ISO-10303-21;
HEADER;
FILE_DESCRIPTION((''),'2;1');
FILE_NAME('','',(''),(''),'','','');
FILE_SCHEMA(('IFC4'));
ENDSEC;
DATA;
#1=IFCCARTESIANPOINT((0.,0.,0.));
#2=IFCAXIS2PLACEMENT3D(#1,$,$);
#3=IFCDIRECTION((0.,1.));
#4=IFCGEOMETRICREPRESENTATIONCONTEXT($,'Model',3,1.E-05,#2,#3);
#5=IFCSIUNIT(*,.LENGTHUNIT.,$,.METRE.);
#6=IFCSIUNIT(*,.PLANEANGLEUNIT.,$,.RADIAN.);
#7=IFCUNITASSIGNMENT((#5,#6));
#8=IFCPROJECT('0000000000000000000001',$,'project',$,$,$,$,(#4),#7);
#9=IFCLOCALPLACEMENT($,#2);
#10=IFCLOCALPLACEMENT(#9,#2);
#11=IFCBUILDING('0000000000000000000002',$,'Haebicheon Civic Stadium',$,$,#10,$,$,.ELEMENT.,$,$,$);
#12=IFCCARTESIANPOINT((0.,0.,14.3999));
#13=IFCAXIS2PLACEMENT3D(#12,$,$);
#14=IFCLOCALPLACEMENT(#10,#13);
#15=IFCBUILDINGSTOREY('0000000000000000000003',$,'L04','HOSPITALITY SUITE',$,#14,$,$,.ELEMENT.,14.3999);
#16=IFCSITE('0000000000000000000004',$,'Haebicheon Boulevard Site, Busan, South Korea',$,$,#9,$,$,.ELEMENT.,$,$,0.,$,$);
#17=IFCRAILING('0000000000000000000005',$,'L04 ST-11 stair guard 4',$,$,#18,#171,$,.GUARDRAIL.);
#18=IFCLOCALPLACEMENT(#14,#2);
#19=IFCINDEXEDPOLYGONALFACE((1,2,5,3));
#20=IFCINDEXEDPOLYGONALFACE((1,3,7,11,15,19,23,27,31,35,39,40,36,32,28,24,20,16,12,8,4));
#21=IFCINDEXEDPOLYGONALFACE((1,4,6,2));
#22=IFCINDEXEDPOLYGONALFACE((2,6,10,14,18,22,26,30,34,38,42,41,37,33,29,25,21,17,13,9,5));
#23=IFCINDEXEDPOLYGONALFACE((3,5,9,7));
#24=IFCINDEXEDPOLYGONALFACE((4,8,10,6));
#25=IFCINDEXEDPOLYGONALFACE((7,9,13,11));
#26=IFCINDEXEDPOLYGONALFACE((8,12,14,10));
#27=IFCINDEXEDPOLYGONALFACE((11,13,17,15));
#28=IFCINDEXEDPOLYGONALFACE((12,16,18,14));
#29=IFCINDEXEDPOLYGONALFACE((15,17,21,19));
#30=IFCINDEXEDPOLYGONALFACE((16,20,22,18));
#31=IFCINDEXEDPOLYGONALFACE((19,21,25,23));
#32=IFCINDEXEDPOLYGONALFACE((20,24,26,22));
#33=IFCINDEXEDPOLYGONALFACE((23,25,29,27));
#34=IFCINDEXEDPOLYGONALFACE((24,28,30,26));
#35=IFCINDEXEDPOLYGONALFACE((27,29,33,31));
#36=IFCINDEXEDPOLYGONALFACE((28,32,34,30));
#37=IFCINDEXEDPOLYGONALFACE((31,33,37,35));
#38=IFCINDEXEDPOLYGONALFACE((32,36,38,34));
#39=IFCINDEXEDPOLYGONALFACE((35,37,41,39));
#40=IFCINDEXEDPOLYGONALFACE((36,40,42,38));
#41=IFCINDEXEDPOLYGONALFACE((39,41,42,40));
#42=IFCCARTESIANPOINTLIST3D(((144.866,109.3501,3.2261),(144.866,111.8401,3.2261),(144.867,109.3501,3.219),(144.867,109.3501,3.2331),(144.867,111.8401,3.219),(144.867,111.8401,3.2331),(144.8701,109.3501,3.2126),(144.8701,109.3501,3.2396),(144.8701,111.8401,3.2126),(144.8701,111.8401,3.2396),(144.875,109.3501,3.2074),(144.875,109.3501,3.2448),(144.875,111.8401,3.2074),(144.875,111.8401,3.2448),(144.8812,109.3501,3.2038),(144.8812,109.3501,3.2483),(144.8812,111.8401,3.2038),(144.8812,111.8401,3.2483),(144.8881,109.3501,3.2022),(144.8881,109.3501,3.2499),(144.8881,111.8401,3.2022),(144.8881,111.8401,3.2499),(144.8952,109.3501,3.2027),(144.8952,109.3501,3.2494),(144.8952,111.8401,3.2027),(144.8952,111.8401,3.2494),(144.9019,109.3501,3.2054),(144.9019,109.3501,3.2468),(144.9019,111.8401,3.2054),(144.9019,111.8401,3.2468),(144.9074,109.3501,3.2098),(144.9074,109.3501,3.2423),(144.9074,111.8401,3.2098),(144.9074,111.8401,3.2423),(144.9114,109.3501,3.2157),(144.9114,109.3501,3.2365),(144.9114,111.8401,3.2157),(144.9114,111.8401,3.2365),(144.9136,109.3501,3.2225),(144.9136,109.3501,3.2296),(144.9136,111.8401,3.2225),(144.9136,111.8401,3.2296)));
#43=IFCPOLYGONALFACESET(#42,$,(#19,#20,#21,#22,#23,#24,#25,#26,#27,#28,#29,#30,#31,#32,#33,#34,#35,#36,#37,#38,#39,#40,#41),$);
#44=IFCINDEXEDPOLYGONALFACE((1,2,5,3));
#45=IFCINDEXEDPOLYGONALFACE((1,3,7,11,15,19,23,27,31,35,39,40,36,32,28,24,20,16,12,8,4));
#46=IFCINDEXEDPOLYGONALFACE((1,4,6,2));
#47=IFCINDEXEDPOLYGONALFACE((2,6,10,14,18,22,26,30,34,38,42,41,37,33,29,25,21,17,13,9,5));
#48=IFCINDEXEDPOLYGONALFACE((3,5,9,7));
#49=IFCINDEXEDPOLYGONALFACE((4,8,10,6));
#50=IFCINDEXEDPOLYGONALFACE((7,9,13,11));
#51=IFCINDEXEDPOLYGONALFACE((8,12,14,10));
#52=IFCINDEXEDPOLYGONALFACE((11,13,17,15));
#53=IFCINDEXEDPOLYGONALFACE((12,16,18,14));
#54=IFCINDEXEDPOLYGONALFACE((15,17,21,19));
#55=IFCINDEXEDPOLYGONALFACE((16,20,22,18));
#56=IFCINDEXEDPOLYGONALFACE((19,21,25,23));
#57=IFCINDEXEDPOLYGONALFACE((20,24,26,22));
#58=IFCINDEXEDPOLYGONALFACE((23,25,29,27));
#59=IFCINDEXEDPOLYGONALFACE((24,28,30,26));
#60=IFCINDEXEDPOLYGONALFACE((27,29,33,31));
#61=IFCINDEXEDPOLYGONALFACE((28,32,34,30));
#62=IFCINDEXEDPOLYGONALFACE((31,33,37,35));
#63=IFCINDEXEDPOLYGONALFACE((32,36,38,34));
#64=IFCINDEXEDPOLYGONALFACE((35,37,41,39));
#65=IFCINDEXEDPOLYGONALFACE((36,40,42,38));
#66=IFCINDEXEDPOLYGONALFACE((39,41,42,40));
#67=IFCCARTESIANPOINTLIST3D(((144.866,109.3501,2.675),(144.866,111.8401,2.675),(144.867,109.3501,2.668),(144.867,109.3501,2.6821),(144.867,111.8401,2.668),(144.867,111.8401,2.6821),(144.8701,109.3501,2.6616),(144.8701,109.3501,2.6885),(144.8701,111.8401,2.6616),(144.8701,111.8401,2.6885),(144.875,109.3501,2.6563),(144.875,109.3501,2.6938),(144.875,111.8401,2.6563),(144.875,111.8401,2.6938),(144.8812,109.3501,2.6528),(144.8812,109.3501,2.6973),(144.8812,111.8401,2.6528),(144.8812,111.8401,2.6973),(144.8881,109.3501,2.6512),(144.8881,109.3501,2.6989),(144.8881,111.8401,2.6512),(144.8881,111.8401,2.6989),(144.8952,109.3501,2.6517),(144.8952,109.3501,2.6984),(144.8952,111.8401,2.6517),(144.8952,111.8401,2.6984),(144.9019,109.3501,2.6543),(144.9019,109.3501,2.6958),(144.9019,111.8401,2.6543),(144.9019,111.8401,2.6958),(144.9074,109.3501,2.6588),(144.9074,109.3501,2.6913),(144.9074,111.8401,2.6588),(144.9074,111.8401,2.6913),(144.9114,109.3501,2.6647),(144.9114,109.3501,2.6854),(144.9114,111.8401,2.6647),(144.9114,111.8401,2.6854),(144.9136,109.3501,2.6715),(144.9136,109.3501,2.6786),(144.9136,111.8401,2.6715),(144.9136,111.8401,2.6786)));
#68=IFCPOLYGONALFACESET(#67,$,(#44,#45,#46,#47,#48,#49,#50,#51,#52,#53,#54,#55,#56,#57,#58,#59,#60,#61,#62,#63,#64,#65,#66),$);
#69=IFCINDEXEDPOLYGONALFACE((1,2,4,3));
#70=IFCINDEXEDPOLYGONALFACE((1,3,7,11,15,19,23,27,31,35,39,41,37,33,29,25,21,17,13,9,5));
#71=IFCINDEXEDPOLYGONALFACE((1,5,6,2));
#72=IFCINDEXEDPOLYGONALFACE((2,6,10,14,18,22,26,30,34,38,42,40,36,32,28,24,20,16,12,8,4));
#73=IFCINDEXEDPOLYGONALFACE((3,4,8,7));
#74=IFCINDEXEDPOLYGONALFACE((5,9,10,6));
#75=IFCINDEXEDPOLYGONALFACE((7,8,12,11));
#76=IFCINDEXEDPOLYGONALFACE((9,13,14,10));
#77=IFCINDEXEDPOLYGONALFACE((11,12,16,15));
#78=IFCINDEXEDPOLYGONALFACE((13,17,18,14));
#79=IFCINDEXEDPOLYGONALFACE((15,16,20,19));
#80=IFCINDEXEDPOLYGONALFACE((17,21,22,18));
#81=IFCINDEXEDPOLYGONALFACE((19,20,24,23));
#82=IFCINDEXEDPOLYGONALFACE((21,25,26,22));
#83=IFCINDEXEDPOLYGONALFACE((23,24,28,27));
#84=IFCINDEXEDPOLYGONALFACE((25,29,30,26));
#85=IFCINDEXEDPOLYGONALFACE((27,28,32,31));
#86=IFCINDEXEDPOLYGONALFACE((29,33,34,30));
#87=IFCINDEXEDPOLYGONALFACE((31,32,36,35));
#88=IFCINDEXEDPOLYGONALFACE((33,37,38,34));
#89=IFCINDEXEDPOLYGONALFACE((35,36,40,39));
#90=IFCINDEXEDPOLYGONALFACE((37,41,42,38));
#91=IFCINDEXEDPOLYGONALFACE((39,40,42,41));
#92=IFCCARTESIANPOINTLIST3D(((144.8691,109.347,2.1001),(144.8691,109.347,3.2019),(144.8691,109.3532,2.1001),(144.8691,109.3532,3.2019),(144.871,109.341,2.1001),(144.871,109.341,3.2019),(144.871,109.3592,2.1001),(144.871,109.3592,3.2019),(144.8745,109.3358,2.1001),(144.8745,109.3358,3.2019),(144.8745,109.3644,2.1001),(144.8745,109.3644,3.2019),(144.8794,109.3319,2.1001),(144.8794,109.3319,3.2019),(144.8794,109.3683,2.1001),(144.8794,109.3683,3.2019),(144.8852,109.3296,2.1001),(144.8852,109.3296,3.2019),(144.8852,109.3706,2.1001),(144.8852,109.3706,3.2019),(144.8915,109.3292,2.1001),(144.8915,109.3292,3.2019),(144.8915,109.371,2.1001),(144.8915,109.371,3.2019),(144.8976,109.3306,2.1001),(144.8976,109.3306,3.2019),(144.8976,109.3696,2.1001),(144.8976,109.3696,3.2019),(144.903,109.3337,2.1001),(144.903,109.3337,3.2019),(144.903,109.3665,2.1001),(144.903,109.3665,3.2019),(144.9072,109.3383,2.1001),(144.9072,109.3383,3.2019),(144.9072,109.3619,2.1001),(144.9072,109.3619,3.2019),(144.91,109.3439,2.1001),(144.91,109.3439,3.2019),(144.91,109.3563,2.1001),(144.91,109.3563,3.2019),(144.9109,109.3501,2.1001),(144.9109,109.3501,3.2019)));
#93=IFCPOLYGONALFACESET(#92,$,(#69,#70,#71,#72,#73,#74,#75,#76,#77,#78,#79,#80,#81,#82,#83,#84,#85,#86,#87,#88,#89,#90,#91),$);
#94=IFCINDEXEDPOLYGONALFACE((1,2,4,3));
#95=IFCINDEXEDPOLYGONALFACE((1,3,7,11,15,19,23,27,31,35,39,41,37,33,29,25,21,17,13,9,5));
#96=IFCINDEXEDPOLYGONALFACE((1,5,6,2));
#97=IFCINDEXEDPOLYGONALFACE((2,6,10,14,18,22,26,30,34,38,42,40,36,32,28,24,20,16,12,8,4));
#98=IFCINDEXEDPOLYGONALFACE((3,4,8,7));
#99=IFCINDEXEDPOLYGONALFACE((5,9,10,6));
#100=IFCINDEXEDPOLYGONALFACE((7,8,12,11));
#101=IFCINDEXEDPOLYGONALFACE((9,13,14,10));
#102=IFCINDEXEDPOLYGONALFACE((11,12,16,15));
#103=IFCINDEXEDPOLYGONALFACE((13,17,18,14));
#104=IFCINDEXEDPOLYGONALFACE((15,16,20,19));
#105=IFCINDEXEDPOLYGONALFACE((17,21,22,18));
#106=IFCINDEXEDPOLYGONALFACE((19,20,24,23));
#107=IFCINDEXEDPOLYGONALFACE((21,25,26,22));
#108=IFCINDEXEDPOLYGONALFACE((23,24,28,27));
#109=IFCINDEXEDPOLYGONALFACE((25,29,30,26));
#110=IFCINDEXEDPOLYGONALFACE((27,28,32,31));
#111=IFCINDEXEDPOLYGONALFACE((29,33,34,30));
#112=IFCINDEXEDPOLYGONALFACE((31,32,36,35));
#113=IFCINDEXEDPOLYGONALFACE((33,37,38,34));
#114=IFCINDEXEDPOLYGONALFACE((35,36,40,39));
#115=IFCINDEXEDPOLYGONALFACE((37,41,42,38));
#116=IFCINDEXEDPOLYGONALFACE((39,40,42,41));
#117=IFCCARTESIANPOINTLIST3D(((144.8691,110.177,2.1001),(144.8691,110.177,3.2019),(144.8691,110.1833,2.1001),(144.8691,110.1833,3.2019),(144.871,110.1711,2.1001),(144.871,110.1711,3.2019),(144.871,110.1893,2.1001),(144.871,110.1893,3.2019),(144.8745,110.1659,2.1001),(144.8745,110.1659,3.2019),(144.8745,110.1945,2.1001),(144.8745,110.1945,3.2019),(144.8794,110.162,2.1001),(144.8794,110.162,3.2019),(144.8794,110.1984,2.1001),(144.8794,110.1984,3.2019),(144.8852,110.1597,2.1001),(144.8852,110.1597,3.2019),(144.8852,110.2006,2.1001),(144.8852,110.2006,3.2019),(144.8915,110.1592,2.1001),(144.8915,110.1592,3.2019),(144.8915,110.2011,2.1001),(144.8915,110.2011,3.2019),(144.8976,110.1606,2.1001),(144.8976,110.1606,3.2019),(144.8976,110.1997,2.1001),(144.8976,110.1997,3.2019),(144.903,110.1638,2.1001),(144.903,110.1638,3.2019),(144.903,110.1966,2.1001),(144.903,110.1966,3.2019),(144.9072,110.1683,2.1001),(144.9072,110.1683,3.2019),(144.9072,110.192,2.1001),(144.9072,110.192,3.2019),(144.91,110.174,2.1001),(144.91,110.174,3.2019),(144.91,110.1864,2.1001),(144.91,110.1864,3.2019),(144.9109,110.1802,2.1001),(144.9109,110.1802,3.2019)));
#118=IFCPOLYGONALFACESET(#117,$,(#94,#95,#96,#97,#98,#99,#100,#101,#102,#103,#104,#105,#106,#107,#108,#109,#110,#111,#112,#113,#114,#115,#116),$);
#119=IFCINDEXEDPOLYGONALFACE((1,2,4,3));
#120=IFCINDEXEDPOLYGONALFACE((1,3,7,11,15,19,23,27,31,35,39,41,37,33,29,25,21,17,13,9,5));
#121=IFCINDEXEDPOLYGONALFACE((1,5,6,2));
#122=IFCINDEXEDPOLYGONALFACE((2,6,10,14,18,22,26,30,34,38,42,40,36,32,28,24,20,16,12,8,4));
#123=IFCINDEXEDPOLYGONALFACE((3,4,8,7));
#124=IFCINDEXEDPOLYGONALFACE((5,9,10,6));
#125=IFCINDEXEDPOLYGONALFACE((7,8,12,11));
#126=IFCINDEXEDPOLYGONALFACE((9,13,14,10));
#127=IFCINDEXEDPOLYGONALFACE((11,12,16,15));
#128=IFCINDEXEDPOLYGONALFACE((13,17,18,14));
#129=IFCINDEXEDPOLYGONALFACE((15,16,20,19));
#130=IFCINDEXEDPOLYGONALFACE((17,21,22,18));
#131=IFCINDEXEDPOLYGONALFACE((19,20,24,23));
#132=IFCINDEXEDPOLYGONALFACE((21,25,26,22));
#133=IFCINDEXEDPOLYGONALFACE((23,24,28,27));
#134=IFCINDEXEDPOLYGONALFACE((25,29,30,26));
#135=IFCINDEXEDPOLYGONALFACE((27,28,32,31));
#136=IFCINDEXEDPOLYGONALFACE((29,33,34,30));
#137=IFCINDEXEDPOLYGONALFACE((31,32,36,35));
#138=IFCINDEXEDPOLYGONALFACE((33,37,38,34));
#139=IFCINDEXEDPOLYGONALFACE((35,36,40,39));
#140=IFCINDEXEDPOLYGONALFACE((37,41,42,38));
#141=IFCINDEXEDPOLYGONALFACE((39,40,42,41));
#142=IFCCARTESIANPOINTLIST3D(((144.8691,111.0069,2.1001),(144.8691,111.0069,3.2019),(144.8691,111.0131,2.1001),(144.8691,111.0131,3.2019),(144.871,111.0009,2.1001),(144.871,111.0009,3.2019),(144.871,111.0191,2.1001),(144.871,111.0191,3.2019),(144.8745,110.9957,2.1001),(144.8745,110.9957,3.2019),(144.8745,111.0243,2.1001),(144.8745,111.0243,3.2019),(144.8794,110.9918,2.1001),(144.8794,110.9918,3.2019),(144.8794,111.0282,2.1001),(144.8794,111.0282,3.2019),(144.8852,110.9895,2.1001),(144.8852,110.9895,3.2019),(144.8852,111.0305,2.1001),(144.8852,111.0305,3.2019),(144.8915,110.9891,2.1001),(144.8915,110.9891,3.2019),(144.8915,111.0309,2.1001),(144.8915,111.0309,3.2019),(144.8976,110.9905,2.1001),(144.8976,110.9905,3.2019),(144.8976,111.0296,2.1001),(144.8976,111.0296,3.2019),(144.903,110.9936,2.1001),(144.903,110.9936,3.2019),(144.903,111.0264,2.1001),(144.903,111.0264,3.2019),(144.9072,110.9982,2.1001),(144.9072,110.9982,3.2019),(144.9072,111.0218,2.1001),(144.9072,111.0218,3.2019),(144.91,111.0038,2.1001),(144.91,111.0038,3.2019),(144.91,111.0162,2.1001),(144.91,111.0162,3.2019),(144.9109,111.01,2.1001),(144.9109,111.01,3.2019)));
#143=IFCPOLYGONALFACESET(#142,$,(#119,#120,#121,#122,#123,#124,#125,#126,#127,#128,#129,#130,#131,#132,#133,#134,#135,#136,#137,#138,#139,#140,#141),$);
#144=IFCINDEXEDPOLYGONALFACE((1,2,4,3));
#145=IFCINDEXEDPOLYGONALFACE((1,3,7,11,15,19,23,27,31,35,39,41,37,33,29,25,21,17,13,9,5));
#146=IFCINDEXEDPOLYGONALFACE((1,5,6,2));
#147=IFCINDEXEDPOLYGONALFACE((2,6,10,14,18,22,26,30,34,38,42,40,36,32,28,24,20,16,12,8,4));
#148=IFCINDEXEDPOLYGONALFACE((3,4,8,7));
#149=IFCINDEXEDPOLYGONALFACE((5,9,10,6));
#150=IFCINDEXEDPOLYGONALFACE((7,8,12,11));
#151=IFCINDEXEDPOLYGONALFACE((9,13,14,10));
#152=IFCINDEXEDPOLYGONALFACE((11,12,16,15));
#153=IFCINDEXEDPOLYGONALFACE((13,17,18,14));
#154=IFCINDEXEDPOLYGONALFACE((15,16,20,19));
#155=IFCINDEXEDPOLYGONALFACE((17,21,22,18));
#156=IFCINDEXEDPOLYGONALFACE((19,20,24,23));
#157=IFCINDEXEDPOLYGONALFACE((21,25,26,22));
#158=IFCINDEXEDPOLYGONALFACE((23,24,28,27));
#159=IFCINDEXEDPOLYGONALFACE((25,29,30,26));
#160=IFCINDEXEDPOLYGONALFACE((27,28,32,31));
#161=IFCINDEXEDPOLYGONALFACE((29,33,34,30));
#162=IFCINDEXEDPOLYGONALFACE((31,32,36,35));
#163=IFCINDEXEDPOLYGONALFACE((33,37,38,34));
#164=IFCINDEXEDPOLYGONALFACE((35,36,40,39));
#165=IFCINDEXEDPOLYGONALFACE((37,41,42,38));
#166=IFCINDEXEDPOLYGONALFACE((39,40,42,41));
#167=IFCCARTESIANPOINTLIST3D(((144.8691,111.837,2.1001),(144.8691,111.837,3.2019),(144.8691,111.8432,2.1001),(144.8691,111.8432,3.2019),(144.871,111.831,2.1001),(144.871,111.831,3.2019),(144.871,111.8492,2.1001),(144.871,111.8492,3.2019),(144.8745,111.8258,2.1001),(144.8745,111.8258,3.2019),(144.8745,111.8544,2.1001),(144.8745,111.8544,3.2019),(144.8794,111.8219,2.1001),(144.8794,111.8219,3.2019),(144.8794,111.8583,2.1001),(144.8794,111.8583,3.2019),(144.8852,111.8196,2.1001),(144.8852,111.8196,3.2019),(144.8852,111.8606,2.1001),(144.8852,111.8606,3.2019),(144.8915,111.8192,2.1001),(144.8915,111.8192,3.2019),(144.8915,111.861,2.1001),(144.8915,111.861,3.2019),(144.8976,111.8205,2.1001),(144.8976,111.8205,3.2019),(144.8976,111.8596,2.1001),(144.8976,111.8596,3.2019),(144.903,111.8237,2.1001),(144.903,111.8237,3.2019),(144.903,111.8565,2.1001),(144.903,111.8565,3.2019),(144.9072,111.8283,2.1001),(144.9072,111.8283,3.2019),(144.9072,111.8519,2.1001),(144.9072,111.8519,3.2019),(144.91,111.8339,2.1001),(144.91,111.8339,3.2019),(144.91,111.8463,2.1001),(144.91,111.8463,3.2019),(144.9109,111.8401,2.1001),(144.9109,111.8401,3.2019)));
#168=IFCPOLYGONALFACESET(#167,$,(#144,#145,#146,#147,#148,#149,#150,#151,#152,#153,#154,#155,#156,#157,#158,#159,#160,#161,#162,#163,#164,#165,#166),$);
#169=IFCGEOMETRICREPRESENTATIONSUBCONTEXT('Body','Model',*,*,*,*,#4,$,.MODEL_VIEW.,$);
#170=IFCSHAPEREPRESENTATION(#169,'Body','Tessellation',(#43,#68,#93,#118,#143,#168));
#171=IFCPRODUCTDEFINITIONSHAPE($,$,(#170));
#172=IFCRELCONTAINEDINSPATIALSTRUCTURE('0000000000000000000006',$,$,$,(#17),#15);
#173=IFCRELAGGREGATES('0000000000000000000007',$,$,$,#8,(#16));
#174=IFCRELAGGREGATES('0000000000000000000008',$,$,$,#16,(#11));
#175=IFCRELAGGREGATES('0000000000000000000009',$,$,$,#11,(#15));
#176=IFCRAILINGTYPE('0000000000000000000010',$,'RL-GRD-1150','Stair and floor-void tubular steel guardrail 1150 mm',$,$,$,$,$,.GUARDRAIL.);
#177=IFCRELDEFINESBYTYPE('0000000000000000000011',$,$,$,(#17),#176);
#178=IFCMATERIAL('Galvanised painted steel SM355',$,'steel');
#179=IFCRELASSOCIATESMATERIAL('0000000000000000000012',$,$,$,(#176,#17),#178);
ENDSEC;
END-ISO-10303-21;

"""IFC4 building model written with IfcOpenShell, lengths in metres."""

from ifc_helpers import new_model, si_unit, direction, frame, origin, origin_2d, place, context, subcontext, project, spatial, circle, extrude, material, type_object, element, save


model = new_model("IFC4")

# Units and contexts
model_context = context("Model", 3, precision=1e-05, world=origin(), true_north=direction((0.0, 1.0)))
body_context = subcontext(model_context, "Body", "Model", "MODEL_VIEW")
ifc_project = project(units=[si_unit("LENGTHUNIT", "METRE"), si_unit("PLANEANGLEUNIT", "RADIAN")], contexts=[model_context])

# Site, building, storey
site_placement = place(None, origin())
site = spatial("IfcSite", under=ifc_project, at=site_placement, Name="Haebicheon Boulevard Site, Busan, South Korea", CompositionType="ELEMENT", RefElevation=0.0)
building_placement = place(site_placement, origin())
building = spatial("IfcBuilding", under=site, at=building_placement, Name="Haebicheon Civic Stadium", CompositionType="ELEMENT")
storey_placement = place(building_placement, frame((0.0, 0.0, 14.3999)))
storey = spatial("IfcBuildingStorey", under=building, at=storey_placement, Name="L04", Description="HOSPITALITY SUITE", CompositionType="ELEMENT", Elevation=14.3999)

# Railing
ifc_material_1 = material(Name="Galvanised painted steel SM355", Category="steel")
railing_type_1 = type_object("IfcRailingType", Name="RL-GRD-1150", Description="Stair and floor-void tubular steel guardrail 1150 mm", PredefinedType="GUARDRAIL", material=ifc_material_1)
for number, where, name in (
    (1, (144.8899, 109.3501, 2.1001), "L04 ST-11 stair guard 4"),
):
    element("IfcRailing", number, at=place(storey_placement, frame(where)), inside=storey, type_object=railing_type_1, material=ifc_material_1, Name=name, PredefinedType="GUARDRAIL", context=body_context, shape_type="SweptSolid", body=[
        extrude(circle(Radius=0.0239, at=origin_2d()), frame((0.0, 0.0, 1.126), z_axis=(0.0, 1.0, 0.0), x_axis=(-1.0, 0.0, 0.0)), (0.0, 0.0, 1.0), 2.49),
        extrude(circle(Radius=0.0239, at=origin_2d()), frame((0.0, 0.0, 0.575), z_axis=(0.0, 1.0, 0.0), x_axis=(-1.0, 0.0, 0.0)), (0.0, 0.0, 1.0), 2.49),
        extrude(circle(Radius=0.021, at=origin_2d()), origin(), (0.0, 0.0, 1.0), 1.1018),
        extrude(circle(Radius=0.021, at=origin_2d()), frame((0.0, 0.8301, 0.0)), (0.0, 0.0, 1.0), 1.1018),
        extrude(circle(Radius=0.021, at=origin_2d()), frame((0.0, 1.6599, 0.0)), (0.0, 0.0, 1.0), 1.1018),
        extrude(circle(Radius=0.021, at=origin_2d()), frame((0.0, 2.49, 0.0)), (0.0, 0.0, 1.0), 1.1018),
    ])

save(model, "model.ifc")
